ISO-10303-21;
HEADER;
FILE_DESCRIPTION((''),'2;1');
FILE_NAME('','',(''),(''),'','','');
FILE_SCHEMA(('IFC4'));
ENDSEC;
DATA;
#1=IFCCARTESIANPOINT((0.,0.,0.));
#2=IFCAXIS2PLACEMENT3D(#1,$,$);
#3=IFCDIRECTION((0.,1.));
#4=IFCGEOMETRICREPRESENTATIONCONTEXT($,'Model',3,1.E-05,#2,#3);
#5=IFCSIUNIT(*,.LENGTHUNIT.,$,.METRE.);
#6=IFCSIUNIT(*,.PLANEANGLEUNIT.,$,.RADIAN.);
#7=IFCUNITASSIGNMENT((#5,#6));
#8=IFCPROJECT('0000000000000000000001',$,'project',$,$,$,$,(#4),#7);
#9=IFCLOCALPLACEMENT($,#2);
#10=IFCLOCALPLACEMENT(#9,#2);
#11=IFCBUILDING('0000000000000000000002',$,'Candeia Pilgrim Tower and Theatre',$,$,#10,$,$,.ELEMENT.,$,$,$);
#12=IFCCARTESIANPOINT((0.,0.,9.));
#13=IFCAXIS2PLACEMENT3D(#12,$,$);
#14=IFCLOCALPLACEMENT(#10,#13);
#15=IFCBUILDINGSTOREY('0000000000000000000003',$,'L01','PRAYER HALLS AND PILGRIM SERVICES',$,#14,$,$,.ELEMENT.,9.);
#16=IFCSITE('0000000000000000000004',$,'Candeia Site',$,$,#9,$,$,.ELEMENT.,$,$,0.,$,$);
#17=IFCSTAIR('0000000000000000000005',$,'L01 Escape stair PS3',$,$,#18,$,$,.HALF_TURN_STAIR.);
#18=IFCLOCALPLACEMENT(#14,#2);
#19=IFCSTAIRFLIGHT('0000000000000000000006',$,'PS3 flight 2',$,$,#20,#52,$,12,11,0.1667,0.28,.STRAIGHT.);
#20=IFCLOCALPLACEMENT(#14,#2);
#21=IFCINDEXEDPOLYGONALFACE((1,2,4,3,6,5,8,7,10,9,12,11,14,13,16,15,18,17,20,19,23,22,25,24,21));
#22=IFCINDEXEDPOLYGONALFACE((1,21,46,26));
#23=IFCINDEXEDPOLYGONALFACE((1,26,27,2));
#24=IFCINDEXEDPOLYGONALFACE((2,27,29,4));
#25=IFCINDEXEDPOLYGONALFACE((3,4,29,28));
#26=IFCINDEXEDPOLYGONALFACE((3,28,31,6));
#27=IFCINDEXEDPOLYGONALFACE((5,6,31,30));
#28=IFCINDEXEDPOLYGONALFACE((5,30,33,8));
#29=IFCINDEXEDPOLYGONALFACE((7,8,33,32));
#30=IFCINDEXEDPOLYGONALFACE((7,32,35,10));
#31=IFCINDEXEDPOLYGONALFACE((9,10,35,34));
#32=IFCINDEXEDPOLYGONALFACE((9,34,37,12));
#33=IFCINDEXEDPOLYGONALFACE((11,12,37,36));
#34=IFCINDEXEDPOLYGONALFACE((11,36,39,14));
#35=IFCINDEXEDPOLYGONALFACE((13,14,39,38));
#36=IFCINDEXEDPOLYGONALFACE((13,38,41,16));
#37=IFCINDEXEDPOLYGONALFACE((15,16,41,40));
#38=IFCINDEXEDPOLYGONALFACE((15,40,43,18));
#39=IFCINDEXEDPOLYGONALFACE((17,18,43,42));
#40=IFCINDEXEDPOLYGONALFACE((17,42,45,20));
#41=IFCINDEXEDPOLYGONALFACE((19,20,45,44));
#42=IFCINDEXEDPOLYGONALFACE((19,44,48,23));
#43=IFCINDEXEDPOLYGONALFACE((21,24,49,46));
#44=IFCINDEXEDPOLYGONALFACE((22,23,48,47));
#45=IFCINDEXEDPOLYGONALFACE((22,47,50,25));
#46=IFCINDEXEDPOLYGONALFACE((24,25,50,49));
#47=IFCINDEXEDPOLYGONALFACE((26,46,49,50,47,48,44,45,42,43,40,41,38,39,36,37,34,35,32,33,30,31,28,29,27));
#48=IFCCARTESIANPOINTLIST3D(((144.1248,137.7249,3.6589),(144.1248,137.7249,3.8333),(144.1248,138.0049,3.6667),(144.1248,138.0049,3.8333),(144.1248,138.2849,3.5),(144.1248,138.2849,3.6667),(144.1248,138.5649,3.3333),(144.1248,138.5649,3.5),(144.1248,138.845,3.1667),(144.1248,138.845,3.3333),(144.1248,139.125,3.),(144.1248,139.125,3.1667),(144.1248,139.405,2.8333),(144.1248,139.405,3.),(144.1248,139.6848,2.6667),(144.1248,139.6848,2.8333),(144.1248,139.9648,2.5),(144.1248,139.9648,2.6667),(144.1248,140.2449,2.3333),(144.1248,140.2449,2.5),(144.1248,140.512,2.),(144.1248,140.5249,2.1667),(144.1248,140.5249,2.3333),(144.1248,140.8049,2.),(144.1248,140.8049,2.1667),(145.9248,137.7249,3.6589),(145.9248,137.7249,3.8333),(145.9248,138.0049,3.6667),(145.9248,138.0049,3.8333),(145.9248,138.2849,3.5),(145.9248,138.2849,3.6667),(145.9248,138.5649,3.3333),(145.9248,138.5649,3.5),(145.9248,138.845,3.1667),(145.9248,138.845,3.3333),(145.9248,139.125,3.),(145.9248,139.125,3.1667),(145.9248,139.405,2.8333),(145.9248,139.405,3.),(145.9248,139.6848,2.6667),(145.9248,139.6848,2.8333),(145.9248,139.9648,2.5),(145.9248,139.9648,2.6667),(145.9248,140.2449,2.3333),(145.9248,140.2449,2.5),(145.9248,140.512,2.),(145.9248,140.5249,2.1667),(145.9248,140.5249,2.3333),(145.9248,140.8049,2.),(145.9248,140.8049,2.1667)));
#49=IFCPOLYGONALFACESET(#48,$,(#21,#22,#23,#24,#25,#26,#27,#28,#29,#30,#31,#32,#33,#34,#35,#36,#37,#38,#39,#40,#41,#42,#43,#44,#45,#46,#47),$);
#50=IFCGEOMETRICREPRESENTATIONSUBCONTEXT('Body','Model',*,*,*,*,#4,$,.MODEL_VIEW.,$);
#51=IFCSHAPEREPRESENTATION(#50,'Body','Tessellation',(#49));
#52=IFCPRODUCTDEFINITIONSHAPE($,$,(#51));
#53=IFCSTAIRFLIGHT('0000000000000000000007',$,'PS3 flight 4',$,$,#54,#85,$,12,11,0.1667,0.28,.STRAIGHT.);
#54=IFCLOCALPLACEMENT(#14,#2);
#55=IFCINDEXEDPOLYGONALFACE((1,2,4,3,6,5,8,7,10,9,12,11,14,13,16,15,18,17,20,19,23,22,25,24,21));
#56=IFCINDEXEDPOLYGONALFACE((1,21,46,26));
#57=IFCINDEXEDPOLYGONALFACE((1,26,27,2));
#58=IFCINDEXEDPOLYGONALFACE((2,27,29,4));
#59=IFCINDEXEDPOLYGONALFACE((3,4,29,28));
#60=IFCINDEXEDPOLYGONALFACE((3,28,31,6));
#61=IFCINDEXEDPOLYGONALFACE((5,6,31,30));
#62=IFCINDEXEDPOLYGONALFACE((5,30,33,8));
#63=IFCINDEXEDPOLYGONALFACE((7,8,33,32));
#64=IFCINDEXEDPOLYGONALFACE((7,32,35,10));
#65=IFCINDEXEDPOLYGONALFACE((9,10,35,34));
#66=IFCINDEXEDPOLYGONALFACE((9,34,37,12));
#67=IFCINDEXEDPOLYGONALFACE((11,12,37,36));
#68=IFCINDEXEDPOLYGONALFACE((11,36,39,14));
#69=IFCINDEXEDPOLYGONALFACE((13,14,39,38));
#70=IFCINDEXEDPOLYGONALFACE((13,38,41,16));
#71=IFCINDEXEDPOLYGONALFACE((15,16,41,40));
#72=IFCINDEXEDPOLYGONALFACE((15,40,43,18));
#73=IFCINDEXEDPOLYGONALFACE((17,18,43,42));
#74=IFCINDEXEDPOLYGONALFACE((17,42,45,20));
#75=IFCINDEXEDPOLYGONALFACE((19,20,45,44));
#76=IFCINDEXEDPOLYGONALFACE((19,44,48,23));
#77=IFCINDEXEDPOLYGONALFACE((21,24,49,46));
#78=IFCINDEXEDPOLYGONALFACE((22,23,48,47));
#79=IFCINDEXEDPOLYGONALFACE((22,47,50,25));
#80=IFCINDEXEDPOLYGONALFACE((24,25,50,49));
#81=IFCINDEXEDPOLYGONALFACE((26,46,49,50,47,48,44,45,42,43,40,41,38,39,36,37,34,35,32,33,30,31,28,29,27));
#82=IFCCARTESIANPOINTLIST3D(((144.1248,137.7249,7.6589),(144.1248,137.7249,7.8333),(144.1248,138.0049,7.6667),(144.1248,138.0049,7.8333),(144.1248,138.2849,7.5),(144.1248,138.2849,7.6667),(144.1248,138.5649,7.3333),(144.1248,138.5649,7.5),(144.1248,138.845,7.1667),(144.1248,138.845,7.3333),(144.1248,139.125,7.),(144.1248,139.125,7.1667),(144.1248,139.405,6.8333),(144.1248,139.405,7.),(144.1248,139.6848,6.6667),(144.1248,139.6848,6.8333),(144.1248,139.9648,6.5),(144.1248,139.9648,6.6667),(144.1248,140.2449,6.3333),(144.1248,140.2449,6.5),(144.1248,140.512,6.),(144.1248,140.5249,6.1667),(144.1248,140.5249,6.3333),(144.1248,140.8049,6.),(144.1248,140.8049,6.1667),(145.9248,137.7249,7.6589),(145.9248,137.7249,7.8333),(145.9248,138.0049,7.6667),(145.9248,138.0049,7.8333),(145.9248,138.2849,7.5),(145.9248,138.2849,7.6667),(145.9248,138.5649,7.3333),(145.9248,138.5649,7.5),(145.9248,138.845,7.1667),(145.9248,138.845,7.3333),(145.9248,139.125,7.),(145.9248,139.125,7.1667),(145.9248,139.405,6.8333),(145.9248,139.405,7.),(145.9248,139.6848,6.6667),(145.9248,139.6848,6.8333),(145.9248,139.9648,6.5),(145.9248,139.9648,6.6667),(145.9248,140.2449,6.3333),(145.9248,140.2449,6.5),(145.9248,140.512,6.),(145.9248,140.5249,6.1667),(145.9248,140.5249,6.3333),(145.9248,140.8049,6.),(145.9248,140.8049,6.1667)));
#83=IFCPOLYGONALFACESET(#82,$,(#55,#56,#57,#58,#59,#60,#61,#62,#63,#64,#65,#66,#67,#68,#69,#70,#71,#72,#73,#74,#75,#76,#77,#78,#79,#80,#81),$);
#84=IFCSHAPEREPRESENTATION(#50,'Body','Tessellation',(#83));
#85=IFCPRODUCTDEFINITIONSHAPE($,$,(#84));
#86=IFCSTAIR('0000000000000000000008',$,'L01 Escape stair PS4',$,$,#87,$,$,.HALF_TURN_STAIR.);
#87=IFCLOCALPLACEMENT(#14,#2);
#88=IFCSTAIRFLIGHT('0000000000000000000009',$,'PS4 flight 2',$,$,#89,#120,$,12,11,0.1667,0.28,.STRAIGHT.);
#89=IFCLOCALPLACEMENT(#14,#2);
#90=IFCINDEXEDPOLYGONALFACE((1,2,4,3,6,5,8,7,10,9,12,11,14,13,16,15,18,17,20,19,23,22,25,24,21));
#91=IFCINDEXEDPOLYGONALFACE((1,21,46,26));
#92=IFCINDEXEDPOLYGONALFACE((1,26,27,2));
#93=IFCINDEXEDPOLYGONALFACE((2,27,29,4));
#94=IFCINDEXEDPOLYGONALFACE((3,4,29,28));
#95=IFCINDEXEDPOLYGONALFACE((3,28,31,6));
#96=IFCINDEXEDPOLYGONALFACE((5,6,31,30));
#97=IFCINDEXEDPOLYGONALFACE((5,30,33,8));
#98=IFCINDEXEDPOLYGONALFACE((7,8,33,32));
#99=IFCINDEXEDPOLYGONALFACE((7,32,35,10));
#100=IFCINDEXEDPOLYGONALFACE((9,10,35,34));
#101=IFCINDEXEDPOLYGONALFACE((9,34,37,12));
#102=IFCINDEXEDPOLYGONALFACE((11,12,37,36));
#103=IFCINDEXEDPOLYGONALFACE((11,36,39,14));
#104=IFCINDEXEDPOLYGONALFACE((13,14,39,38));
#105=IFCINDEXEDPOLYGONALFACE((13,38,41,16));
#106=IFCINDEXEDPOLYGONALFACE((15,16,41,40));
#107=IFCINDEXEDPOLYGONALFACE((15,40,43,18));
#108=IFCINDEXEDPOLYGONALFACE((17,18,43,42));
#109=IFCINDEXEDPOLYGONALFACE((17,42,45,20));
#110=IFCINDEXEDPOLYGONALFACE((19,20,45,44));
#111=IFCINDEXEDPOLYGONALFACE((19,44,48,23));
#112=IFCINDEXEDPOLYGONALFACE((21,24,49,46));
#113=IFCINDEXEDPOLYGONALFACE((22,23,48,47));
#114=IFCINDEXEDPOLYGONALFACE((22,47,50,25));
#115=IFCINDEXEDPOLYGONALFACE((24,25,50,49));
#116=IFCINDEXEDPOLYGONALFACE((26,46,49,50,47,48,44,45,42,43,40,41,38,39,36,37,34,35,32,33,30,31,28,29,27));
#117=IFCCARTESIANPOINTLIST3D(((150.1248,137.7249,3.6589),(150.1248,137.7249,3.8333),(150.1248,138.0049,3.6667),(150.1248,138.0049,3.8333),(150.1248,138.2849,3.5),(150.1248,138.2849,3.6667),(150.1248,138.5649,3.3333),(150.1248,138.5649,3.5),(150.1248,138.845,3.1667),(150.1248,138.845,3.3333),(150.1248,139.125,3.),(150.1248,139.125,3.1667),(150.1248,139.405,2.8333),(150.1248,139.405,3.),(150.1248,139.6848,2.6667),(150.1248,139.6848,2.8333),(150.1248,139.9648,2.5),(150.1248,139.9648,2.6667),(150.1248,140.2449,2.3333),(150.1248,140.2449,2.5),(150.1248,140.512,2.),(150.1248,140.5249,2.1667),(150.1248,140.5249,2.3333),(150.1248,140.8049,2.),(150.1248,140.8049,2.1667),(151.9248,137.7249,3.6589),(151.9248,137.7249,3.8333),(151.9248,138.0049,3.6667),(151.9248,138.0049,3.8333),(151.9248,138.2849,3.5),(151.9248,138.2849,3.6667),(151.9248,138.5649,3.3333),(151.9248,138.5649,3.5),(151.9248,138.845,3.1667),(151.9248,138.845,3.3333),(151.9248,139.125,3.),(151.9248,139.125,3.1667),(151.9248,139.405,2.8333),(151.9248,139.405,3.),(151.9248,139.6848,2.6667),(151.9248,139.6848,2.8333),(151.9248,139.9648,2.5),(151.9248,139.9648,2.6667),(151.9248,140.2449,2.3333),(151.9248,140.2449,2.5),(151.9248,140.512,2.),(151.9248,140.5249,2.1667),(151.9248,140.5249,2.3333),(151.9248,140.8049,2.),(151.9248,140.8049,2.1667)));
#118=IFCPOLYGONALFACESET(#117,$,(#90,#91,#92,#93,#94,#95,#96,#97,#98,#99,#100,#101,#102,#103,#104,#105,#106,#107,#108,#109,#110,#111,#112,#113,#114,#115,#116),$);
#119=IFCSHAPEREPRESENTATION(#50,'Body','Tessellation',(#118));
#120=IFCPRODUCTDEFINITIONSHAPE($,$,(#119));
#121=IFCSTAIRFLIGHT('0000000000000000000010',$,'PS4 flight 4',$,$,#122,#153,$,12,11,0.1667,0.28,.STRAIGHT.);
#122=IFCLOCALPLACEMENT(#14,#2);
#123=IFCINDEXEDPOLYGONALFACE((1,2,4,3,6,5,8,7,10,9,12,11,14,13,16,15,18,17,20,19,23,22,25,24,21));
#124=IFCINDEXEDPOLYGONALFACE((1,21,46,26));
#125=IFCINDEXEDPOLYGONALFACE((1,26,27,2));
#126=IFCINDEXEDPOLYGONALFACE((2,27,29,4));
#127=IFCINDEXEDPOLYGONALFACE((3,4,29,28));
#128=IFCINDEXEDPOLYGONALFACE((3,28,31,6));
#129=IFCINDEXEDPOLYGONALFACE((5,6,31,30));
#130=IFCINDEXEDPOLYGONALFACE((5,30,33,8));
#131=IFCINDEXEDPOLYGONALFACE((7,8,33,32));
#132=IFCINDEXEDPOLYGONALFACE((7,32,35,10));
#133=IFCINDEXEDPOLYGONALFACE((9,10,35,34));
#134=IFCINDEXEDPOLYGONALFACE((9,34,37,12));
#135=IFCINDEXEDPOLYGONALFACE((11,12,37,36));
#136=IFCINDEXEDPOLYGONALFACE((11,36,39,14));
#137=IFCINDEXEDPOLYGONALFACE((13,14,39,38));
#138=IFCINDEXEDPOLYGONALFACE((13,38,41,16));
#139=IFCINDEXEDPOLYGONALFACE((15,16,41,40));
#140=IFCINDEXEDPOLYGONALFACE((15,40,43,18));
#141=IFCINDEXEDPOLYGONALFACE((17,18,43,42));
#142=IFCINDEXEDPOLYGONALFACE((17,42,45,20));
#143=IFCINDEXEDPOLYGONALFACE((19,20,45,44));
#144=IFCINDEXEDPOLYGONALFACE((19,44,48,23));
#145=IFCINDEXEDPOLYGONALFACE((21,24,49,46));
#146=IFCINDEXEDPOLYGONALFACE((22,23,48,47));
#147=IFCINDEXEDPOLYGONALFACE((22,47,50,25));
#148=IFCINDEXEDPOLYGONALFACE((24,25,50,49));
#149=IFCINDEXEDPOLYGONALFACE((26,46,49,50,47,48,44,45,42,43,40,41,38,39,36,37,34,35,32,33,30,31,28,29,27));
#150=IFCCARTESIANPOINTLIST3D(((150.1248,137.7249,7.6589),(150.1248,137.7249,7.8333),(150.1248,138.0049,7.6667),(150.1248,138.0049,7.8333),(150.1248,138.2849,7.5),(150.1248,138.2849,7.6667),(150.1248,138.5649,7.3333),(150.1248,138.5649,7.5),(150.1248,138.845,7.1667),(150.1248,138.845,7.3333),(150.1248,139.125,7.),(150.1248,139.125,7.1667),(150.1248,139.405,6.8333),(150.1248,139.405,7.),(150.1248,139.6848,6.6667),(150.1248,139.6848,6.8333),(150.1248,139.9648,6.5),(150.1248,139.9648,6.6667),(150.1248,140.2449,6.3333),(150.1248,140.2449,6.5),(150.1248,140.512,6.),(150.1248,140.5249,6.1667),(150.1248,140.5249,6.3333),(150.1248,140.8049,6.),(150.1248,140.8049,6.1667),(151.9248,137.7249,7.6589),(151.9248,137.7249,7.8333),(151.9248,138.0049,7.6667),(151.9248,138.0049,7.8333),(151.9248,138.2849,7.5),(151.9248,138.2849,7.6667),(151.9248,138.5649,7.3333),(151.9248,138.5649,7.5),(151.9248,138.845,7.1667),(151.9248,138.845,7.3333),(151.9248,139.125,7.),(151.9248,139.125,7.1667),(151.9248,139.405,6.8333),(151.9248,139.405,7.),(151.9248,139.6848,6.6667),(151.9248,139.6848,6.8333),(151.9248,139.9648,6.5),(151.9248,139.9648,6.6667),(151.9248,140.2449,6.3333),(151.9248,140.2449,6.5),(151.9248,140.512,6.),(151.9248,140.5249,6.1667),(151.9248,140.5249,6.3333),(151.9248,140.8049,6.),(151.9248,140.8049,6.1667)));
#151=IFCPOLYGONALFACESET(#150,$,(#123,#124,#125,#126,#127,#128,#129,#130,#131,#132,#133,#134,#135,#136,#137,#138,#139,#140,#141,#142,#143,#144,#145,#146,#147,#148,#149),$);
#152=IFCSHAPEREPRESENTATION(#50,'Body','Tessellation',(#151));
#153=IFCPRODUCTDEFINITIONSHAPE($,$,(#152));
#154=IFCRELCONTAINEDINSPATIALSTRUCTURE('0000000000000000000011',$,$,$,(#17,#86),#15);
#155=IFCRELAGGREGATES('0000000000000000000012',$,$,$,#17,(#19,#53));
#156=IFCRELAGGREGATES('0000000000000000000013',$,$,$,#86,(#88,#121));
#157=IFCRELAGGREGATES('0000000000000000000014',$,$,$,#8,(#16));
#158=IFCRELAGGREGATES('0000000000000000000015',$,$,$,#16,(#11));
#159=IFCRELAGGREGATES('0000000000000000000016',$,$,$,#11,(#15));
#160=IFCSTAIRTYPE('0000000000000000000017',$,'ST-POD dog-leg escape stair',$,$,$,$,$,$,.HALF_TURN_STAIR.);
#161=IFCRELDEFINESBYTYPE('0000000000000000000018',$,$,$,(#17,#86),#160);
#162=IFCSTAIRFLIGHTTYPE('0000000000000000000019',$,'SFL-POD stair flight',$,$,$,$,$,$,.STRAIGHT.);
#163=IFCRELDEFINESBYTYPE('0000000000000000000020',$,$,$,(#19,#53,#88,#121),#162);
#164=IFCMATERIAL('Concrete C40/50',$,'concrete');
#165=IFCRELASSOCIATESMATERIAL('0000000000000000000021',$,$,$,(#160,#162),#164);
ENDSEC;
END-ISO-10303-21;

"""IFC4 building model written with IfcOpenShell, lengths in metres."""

from ifc_helpers import new_model, si_unit, direction, frame, origin, place, context, subcontext, project, spatial, polyline, outline, extrude, material, type_object, element, aggregate, save


model = new_model("IFC4")

# Units and contexts
model_context = context("Model", 3, precision=1e-05, world=origin(), true_north=direction((0.0, 1.0)))
body_context = subcontext(model_context, "Body", "Model", "MODEL_VIEW")
ifc_project = project(units=[si_unit("LENGTHUNIT", "METRE"), si_unit("PLANEANGLEUNIT", "RADIAN")], contexts=[model_context])

# Site, building, storey
site_placement = place(None, origin())
site = spatial("IfcSite", under=ifc_project, at=site_placement, Name="Candeia Site", CompositionType="ELEMENT", RefElevation=0.0)
building_placement = place(site_placement, origin())
building = spatial("IfcBuilding", under=site, at=building_placement, Name="Candeia Pilgrim Tower and Theatre", CompositionType="ELEMENT")
storey_placement = place(building_placement, frame((0.0, 0.0, 9.0)))
storey = spatial("IfcBuildingStorey", under=building, at=storey_placement, Name="L01", Description="PRAYER HALLS AND PILGRIM SERVICES", CompositionType="ELEMENT", Elevation=9.0)

# Shared definitions
ifc_material_1 = material(Name="Concrete C40/50", Category="concrete")

# Stairs, stair flights
stair_type = type_object("IfcStairType", Name="ST-POD dog-leg escape stair", PredefinedType="HALF_TURN_STAIR", material=ifc_material_1)
stair_1_placement = place(storey_placement, origin())
stair_1 = element("IfcStair", 1, at=stair_1_placement, inside=storey, type_object=stair_type, Name="L01 Escape stair PS3", PredefinedType="HALF_TURN_STAIR")
stair_flight_type = type_object("IfcStairFlightType", Name="SFL-POD stair flight", PredefinedType="STRAIGHT", material=ifc_material_1)
stair_flight_1_placement = place(storey_placement, frame((145.0249, 140.8049, 2.0), z_axis=(0.0, 0.0, 1.0), x_axis=(0.0, -1.0, 0.0)))
stair_flight_1 = element("IfcStairFlight", 2, at=stair_flight_1_placement, type_object=stair_flight_type, Name="PS3 flight 2", NumberOfRisers=12, NumberOfTreads=11, PredefinedType="STRAIGHT", RiserHeight=0.1667, TreadLength=0.28, context=body_context, shape_type="SweptSolid", body=[
    extrude(outline(polyline([(0.0, 0.0), (0.0, 0.1667), (0.28, 0.1667), (0.28, 0.3333), (0.5601, 0.3333), (0.5601, 0.5), (0.8401, 0.5), (0.8401, 0.6667), (1.1201, 0.6667), (1.1201, 0.8333), (1.3999, 0.8333), (1.3999, 1.0), (1.6799, 1.0), (1.6799, 1.1667), (1.96, 1.1667), (1.96, 1.3333), (2.24, 1.3333), (2.24, 1.5), (2.52, 1.5), (2.52, 1.6667), (2.8, 1.6667), (2.8, 1.8333), (3.0801, 1.8333), (3.0801, 2.0), (3.0801, 1.6589), (0.293, 0.0), (0.0, 0.0)])), frame((0.0, 0.8999, 0.0), z_axis=(0.0, -1.0, 0.0), x_axis=(1.0, 0.0, 0.0)), (0.0, 0.0, 1.0), 1.8),
])
stair_flight_2_placement = place(storey_placement, frame((145.0249, 140.8049, 6.0), z_axis=(0.0, 0.0, 1.0), x_axis=(0.0, -1.0, 0.0)))
stair_flight_2 = element("IfcStairFlight", 3, at=stair_flight_2_placement, type_object=stair_flight_type, Name="PS3 flight 4", NumberOfRisers=12, NumberOfTreads=11, PredefinedType="STRAIGHT", RiserHeight=0.1667, TreadLength=0.28, context=body_context, shape_type="SweptSolid", body=[
    extrude(outline(polyline([(0.0, 0.0), (0.0, 0.1667), (0.28, 0.1667), (0.28, 0.3333), (0.5601, 0.3333), (0.5601, 0.5), (0.8401, 0.5), (0.8401, 0.6667), (1.1201, 0.6667), (1.1201, 0.8333), (1.3999, 0.8333), (1.3999, 1.0), (1.6799, 1.0), (1.6799, 1.1667), (1.96, 1.1667), (1.96, 1.3333), (2.24, 1.3333), (2.24, 1.5), (2.52, 1.5), (2.52, 1.6667), (2.8, 1.6667), (2.8, 1.8333), (3.0801, 1.8333), (3.0801, 2.0), (3.0801, 1.6589), (0.293, 0.0), (0.0, 0.0)])), frame((0.0, 0.8999, 0.0), z_axis=(0.0, -1.0, 0.0), x_axis=(1.0, 0.0, 0.0)), (0.0, 0.0, 1.0), 1.8),
])
aggregate(stair_1, [stair_flight_1, stair_flight_2])
stair_2_placement = place(storey_placement, origin())
stair_2 = element("IfcStair", 4, at=stair_2_placement, inside=storey, type_object=stair_type, Name="L01 Escape stair PS4", PredefinedType="HALF_TURN_STAIR")
stair_flight_3_placement = place(storey_placement, frame((151.0249, 140.8049, 2.0), z_axis=(0.0, 0.0, 1.0), x_axis=(0.0, -1.0, 0.0)))
stair_flight_3 = element("IfcStairFlight", 5, at=stair_flight_3_placement, type_object=stair_flight_type, Name="PS4 flight 2", NumberOfRisers=12, NumberOfTreads=11, PredefinedType="STRAIGHT", RiserHeight=0.1667, TreadLength=0.28, context=body_context, shape_type="SweptSolid", body=[
    extrude(outline(polyline([(0.0, 0.0), (0.0, 0.1667), (0.28, 0.1667), (0.28, 0.3333), (0.5601, 0.3333), (0.5601, 0.5), (0.8401, 0.5), (0.8401, 0.6667), (1.1201, 0.6667), (1.1201, 0.8333), (1.3999, 0.8333), (1.3999, 1.0), (1.6799, 1.0), (1.6799, 1.1667), (1.96, 1.1667), (1.96, 1.3333), (2.24, 1.3333), (2.24, 1.5), (2.52, 1.5), (2.52, 1.6667), (2.8, 1.6667), (2.8, 1.8333), (3.0801, 1.8333), (3.0801, 2.0), (3.0801, 1.6589), (0.293, 0.0), (0.0, 0.0)])), frame((0.0, 0.8999, 0.0), z_axis=(0.0, -1.0, 0.0), x_axis=(1.0, 0.0, 0.0)), (0.0, 0.0, 1.0), 1.8),
])
stair_flight_4_placement = place(storey_placement, frame((151.0249, 140.8049, 6.0), z_axis=(0.0, 0.0, 1.0), x_axis=(0.0, -1.0, 0.0)))
stair_flight_4 = element("IfcStairFlight", 6, at=stair_flight_4_placement, type_object=stair_flight_type, Name="PS4 flight 4", NumberOfRisers=12, NumberOfTreads=11, PredefinedType="STRAIGHT", RiserHeight=0.1667, TreadLength=0.28, context=body_context, shape_type="SweptSolid", body=[
    extrude(outline(polyline([(0.0, 0.0), (0.0, 0.1667), (0.28, 0.1667), (0.28, 0.3333), (0.5601, 0.3333), (0.5601, 0.5), (0.8401, 0.5), (0.8401, 0.6667), (1.1201, 0.6667), (1.1201, 0.8333), (1.3999, 0.8333), (1.3999, 1.0), (1.6799, 1.0), (1.6799, 1.1667), (1.96, 1.1667), (1.96, 1.3333), (2.24, 1.3333), (2.24, 1.5), (2.52, 1.5), (2.52, 1.6667), (2.8, 1.6667), (2.8, 1.8333), (3.0801, 1.8333), (3.0801, 2.0), (3.0801, 1.6589), (0.293, 0.0), (0.0, 0.0)])), frame((0.0, 0.8999, 0.0), z_axis=(0.0, -1.0, 0.0), x_axis=(1.0, 0.0, 0.0)), (0.0, 0.0, 1.0), 1.8),
])
aggregate(stair_2, [stair_flight_3, stair_flight_4])

save(model, "model.ifc")
